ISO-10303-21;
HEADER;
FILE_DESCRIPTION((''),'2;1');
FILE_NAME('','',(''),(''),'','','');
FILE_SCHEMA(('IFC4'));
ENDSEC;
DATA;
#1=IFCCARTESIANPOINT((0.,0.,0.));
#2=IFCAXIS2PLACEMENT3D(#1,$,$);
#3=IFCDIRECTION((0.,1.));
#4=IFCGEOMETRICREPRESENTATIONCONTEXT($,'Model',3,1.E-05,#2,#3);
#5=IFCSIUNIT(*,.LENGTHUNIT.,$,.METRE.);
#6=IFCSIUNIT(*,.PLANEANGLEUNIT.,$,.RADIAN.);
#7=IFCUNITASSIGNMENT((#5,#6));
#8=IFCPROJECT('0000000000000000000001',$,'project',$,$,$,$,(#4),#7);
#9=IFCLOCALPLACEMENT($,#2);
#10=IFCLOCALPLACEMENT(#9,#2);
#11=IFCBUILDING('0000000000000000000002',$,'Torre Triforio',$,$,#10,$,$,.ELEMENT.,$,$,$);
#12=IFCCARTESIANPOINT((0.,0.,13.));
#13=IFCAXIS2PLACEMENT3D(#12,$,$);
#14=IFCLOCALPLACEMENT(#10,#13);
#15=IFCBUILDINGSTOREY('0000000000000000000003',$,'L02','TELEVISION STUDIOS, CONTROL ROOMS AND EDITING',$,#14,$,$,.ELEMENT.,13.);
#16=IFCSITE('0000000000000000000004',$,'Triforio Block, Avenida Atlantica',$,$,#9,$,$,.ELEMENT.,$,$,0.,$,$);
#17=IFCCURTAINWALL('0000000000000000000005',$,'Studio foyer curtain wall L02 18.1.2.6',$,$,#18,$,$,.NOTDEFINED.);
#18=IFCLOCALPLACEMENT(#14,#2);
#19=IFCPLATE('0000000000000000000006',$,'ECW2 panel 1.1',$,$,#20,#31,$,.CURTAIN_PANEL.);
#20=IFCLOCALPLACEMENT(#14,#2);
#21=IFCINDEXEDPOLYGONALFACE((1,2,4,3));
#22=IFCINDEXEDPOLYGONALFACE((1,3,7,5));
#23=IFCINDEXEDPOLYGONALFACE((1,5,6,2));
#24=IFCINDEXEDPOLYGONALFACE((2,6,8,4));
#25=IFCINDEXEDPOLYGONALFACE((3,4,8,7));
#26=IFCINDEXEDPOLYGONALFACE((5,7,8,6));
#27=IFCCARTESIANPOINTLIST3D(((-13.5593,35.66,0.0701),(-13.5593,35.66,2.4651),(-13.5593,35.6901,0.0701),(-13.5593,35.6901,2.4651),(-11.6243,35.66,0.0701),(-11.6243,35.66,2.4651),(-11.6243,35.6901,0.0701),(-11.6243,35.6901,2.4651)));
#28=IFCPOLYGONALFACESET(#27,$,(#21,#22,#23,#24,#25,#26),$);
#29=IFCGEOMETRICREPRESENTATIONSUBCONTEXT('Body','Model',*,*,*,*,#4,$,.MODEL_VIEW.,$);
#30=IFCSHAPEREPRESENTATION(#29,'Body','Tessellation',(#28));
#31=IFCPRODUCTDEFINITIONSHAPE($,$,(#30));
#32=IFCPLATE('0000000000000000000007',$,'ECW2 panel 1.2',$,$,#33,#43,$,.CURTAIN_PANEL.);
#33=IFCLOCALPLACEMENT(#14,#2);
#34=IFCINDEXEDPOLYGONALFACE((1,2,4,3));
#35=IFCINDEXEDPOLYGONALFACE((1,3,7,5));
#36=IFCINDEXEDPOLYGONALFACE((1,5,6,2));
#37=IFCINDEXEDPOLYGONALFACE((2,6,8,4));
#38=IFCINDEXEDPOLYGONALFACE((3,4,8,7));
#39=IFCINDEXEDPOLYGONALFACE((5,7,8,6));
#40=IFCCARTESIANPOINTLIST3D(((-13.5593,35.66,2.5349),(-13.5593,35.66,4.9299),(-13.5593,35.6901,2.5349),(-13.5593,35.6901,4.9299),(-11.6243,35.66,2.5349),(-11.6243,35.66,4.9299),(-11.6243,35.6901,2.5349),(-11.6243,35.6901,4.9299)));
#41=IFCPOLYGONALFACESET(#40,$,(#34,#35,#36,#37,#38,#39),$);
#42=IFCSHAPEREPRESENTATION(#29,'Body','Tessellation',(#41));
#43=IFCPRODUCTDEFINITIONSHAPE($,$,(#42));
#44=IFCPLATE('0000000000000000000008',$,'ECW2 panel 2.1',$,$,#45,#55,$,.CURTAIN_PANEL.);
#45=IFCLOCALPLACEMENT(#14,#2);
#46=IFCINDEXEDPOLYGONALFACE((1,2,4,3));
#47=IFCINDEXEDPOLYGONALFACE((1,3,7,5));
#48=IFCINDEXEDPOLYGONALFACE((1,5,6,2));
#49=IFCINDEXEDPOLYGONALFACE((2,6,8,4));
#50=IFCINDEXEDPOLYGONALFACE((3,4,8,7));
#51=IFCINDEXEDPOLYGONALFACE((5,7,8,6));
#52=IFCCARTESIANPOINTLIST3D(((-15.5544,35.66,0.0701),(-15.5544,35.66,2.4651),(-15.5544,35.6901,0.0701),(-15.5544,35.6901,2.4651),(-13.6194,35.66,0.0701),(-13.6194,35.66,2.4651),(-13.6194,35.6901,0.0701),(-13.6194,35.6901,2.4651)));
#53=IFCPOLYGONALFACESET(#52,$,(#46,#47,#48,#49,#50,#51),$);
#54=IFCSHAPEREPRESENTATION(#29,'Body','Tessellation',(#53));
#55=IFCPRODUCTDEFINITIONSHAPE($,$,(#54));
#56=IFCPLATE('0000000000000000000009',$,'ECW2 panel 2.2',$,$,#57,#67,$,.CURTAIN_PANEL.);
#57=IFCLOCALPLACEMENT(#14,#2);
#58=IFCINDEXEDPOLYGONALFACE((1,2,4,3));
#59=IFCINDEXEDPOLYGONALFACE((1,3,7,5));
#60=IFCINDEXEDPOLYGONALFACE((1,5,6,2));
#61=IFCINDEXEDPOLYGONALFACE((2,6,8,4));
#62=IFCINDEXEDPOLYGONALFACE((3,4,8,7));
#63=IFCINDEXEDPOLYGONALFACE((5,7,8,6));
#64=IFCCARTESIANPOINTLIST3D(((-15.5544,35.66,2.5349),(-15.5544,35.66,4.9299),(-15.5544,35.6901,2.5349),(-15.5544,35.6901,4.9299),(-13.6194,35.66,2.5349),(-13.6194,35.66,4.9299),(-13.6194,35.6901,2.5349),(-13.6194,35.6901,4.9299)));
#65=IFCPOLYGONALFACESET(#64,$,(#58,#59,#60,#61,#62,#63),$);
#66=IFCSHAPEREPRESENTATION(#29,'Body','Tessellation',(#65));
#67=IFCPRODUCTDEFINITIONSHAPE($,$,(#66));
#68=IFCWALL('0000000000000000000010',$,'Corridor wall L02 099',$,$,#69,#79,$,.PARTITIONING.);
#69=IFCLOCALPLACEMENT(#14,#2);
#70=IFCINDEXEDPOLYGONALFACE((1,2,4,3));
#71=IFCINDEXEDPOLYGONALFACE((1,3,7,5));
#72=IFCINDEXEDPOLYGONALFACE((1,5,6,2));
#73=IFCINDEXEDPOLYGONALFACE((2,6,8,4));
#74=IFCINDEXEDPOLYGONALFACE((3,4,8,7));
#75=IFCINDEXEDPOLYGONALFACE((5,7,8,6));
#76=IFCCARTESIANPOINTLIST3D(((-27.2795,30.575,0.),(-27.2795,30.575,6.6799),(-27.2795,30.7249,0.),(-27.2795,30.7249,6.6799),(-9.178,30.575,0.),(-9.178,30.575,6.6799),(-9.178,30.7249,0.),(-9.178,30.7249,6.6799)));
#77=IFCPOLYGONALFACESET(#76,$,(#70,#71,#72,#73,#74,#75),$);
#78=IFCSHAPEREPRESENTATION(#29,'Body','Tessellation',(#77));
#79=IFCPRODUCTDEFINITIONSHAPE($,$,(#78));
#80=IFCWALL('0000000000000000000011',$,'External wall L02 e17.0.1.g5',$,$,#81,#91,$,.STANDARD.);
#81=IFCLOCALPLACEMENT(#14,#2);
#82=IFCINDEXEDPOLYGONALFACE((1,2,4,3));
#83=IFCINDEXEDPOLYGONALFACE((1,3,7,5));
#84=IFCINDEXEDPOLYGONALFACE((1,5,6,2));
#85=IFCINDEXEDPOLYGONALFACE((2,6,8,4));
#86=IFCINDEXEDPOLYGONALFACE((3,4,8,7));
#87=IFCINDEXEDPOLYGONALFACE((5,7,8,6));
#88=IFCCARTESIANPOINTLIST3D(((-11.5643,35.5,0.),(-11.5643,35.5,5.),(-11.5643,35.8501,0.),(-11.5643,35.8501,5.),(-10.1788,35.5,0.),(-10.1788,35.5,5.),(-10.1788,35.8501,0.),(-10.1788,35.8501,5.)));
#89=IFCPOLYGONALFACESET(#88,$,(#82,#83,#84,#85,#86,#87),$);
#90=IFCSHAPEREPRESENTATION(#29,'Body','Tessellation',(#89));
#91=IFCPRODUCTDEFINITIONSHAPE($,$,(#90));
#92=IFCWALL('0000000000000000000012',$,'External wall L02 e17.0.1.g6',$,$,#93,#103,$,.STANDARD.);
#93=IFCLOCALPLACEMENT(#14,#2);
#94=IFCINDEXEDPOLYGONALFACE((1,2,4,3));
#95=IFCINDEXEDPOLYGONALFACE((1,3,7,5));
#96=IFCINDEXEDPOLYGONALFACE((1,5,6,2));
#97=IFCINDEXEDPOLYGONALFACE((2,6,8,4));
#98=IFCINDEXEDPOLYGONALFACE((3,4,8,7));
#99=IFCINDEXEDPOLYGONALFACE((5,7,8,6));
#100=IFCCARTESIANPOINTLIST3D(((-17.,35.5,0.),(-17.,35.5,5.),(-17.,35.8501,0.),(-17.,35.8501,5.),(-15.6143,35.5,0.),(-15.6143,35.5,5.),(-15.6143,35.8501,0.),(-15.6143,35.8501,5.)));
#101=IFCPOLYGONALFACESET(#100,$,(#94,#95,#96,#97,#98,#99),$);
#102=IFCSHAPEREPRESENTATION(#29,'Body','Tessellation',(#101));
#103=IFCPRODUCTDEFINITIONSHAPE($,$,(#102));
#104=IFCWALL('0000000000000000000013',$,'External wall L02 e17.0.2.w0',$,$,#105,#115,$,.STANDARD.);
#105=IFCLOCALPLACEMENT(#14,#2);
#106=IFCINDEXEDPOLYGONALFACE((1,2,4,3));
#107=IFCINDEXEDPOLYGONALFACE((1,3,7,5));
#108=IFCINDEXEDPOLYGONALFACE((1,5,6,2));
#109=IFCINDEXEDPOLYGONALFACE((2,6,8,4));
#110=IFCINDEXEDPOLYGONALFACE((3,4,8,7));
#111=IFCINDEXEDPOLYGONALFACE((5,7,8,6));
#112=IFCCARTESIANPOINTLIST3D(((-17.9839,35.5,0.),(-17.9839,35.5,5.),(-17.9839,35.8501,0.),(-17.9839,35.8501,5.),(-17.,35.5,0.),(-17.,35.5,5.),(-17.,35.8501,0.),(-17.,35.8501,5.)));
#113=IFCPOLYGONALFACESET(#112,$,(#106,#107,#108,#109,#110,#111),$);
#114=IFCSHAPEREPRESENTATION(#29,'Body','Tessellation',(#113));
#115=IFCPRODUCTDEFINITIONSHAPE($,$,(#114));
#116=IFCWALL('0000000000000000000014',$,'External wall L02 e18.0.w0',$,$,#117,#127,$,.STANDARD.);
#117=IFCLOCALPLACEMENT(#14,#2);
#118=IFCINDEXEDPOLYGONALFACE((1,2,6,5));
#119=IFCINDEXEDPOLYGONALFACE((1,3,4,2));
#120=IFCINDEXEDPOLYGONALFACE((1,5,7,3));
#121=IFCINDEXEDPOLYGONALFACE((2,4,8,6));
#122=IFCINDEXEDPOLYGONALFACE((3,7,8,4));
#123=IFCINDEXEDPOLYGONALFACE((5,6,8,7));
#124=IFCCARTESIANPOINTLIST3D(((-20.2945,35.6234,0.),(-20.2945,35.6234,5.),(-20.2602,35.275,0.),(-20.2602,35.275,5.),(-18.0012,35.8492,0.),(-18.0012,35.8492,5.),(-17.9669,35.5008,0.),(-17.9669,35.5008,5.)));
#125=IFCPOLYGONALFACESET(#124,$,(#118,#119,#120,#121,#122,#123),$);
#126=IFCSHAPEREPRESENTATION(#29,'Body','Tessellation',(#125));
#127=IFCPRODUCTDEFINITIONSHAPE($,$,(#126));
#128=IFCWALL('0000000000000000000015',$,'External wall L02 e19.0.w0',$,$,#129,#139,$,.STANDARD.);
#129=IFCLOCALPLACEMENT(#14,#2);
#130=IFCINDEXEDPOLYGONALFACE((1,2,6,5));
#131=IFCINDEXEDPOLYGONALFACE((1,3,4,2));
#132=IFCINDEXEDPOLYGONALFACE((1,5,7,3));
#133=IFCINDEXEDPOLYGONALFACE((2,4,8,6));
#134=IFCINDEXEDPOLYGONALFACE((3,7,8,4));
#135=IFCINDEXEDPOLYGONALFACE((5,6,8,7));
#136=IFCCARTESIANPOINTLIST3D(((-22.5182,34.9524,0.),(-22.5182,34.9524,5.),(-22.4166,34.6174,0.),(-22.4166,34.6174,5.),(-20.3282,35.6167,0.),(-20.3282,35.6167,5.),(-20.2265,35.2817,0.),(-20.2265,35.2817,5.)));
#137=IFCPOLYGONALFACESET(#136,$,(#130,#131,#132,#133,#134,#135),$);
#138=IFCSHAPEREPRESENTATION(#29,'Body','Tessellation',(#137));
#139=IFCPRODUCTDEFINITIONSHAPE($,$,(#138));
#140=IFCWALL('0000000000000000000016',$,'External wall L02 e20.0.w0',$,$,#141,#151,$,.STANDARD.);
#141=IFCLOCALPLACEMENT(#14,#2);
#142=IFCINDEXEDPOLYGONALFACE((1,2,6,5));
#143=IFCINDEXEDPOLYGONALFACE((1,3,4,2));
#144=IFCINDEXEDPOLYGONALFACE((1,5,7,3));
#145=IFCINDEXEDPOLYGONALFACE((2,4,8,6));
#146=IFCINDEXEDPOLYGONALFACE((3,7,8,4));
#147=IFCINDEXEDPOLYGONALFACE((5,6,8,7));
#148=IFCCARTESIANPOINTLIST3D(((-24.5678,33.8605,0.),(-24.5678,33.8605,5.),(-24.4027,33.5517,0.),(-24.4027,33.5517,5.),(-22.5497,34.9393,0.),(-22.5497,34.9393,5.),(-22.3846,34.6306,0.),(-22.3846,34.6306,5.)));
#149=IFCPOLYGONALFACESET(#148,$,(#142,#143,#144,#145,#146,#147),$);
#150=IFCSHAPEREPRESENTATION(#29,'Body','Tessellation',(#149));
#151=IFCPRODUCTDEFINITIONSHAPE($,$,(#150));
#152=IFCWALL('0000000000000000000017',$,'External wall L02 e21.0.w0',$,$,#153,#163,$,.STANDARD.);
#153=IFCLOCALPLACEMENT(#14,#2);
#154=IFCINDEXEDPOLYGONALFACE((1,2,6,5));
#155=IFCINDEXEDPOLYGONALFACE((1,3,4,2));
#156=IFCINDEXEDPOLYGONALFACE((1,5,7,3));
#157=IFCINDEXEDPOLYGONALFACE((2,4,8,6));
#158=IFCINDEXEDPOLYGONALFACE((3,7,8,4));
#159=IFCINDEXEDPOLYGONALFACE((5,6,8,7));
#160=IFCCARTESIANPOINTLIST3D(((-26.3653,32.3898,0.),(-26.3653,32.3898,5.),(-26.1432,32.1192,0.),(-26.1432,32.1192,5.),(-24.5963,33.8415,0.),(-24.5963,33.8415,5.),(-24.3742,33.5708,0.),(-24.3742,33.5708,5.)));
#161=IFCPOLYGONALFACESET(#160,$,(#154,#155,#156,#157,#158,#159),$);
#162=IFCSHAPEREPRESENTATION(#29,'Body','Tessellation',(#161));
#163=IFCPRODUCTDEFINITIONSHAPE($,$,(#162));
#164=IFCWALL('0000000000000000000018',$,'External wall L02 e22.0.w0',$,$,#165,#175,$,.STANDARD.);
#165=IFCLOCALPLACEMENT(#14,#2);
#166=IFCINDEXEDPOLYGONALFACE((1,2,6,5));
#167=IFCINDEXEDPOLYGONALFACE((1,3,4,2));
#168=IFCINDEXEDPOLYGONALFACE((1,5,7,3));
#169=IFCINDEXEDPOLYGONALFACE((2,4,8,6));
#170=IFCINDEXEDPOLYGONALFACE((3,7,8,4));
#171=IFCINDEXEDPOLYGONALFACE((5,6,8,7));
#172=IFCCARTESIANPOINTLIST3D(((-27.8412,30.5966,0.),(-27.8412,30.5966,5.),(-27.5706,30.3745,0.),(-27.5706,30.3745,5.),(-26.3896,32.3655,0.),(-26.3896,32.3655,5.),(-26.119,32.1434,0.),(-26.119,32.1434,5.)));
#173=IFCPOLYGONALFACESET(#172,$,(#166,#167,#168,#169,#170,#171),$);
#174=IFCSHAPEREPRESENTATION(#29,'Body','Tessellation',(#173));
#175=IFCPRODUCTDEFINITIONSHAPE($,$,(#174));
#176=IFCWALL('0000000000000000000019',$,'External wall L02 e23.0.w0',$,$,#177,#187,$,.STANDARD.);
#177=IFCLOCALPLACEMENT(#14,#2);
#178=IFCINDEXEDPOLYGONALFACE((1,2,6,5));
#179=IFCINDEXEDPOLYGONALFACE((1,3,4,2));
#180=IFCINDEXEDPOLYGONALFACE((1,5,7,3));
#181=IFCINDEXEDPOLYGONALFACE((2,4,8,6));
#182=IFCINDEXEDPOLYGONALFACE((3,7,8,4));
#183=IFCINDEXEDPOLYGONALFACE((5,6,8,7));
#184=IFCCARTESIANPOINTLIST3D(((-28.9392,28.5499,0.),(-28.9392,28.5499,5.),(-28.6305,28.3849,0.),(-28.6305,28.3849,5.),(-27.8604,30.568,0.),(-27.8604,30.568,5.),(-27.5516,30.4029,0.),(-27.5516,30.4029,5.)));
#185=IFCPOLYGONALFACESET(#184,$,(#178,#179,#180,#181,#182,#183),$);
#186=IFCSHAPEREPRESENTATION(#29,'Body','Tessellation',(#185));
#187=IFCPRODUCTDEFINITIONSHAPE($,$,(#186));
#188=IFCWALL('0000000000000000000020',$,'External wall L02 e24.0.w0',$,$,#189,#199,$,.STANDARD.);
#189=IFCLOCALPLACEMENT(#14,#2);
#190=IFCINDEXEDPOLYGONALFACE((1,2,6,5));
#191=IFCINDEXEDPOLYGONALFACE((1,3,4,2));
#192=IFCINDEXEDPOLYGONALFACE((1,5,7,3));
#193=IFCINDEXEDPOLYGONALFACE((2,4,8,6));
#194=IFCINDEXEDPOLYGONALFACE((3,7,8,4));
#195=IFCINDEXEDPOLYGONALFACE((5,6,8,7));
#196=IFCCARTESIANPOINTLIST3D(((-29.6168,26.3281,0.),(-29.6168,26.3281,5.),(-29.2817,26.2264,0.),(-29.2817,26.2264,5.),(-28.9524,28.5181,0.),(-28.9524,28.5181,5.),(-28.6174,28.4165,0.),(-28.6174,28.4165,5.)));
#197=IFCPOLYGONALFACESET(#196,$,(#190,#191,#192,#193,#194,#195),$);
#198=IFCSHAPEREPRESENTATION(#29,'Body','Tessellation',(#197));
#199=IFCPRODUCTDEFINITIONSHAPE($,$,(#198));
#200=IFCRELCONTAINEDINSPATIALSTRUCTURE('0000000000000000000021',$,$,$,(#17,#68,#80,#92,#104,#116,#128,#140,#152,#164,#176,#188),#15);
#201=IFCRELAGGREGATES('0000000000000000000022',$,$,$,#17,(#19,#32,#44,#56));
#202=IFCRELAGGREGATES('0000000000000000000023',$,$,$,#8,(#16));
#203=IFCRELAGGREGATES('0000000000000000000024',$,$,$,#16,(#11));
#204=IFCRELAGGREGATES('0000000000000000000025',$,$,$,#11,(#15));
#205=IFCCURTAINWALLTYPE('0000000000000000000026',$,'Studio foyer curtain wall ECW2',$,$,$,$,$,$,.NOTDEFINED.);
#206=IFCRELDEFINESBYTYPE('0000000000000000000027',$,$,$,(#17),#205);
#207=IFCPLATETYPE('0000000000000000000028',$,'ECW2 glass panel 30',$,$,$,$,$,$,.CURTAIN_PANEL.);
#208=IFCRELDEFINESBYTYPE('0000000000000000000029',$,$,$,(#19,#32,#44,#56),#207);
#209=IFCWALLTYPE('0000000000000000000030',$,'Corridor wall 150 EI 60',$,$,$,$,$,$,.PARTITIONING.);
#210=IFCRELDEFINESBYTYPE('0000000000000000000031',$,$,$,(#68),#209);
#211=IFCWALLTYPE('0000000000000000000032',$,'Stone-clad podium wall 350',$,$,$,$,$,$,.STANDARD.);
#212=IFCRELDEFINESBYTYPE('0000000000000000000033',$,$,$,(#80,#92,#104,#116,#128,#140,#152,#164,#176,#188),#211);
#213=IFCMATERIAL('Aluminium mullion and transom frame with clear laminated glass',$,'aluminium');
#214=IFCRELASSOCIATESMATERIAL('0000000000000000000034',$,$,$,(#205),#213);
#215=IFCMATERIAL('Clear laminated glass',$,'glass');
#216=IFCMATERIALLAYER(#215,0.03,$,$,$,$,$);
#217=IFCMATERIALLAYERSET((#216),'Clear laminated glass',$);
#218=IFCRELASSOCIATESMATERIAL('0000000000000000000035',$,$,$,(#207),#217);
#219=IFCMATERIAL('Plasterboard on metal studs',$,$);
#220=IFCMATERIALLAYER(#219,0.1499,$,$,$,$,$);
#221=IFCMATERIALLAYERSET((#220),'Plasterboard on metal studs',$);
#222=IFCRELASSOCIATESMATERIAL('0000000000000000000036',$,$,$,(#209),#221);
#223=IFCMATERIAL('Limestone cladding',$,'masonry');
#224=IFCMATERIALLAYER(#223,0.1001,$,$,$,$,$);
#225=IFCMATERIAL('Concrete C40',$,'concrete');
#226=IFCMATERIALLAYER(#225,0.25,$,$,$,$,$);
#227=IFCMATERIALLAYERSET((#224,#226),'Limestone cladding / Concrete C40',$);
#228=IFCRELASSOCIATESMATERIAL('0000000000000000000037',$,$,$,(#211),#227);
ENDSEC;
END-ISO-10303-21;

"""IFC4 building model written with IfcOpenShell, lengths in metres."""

from ifc_helpers import new_model, si_unit, direction, frame, frame_2d, origin, origin_2d, place, context, subcontext, project, spatial, rectangle, extrude, material, layer, layer_set, type_object, element, aggregate, save


model = new_model("IFC4")

# Units and contexts
model_context = context("Model", 3, precision=1e-05, world=origin(), true_north=direction((0.0, 1.0)))
body_context = subcontext(model_context, "Body", "Model", "MODEL_VIEW")
ifc_project = project(units=[si_unit("LENGTHUNIT", "METRE"), si_unit("PLANEANGLEUNIT", "RADIAN")], contexts=[model_context])

# Site, building, storey
site_placement = place(None, origin())
site = spatial("IfcSite", under=ifc_project, at=site_placement, Name="Triforio Block, Avenida Atlantica", CompositionType="ELEMENT", RefElevation=0.0)
building_placement = place(site_placement, origin())
building = spatial("IfcBuilding", under=site, at=building_placement, Name="Torre Triforio", CompositionType="ELEMENT")
storey_placement = place(building_placement, frame((0.0, 0.0, 13.0)))
storey = spatial("IfcBuildingStorey", under=building, at=storey_placement, Name="L02", Description="TELEVISION STUDIOS, CONTROL ROOMS AND EDITING", CompositionType="ELEMENT", Elevation=13.0)

# Shared definitions
ifc_material_1 = material(Name="Aluminium mullion and transom frame with clear laminated glass", Category="aluminium")
curtain_wall_type = type_object("IfcCurtainWallType", Name="Studio foyer curtain wall ECW2", PredefinedType="NOTDEFINED", material=ifc_material_1)

# Curtain wall, plates
curtain_wall_1_placement = place(storey_placement, origin())
curtain_wall_1 = element("IfcCurtainWall", 1, at=curtain_wall_1_placement, inside=storey, type_object=curtain_wall_type, Name="Studio foyer curtain wall L02 18.1.2.6", PredefinedType="NOTDEFINED")
ifc_material_2 = material(Name="Clear laminated glass", Category="glass")
ifc_layer_1 = layer(ifc_material_2, 0.03)
ifc_layer_set_1 = layer_set([ifc_layer_1], Name="Clear laminated glass")
plate_type = type_object("IfcPlateType", Name="ECW2 glass panel 30", PredefinedType="CURTAIN_PANEL", material=ifc_layer_set_1)
plate_1_placement = place(storey_placement, frame((-12.5918, 35.675, 0.0701), z_axis=(0.0, 0.0, 1.0), x_axis=(-1.0, 0.0, 0.0)))
plate_1 = element("IfcPlate", 2, at=plate_1_placement, type_object=plate_type, Name="ECW2 panel 1.1", PredefinedType="CURTAIN_PANEL", context=body_context, shape_type="SweptSolid", body=[
    extrude(rectangle(XDim=1.9351, YDim=0.03, at=origin_2d()), origin(), (0.0, 0.0, 1.0), 2.395),
])
plate_2_placement = place(storey_placement, frame((-12.5918, 35.675, 2.5349), z_axis=(0.0, 0.0, 1.0), x_axis=(-1.0, 0.0, 0.0)))
plate_2 = element("IfcPlate", 3, at=plate_2_placement, type_object=plate_type, Name="ECW2 panel 1.2", PredefinedType="CURTAIN_PANEL", context=body_context, shape_type="SweptSolid", body=[
    extrude(rectangle(XDim=1.9351, YDim=0.03, at=origin_2d()), origin(), (0.0, 0.0, 1.0), 2.395),
])
plate_3_placement = place(storey_placement, frame((-14.5869, 35.675, 0.0701), z_axis=(0.0, 0.0, 1.0), x_axis=(-1.0, 0.0, 0.0)))
plate_3 = element("IfcPlate", 4, at=plate_3_placement, type_object=plate_type, Name="ECW2 panel 2.1", PredefinedType="CURTAIN_PANEL", context=body_context, shape_type="SweptSolid", body=[
    extrude(rectangle(XDim=1.9351, YDim=0.03, at=origin_2d()), origin(), (0.0, 0.0, 1.0), 2.395),
])
plate_4_placement = place(storey_placement, frame((-14.5869, 35.675, 2.5349), z_axis=(0.0, 0.0, 1.0), x_axis=(-1.0, 0.0, 0.0)))
plate_4 = element("IfcPlate", 5, at=plate_4_placement, type_object=plate_type, Name="ECW2 panel 2.2", PredefinedType="CURTAIN_PANEL", context=body_context, shape_type="SweptSolid", body=[
    extrude(rectangle(XDim=1.9351, YDim=0.03, at=origin_2d()), origin(), (0.0, 0.0, 1.0), 2.395),
])
aggregate(curtain_wall_1, [plate_1, plate_2, plate_3, plate_4])

# Walls
ifc_material_3 = material(Name="Plasterboard on metal studs")
ifc_layer_2 = layer(ifc_material_3, 0.1499)
ifc_layer_set_2 = layer_set([ifc_layer_2], Name="Plasterboard on metal studs")
wall_type_1 = type_object("IfcWallType", Name="Corridor wall 150 EI 60", PredefinedType="PARTITIONING", material=ifc_layer_set_2)
wall_1_placement = place(storey_placement, frame((-27.2795, 30.6499, 0.0), z_axis=(0.0, 0.0, 1.0), x_axis=(1.0, 0.0, 0.0)))
element("IfcWall", 6, at=wall_1_placement, inside=storey, type_object=wall_type_1, Name="Corridor wall L02 099", PredefinedType="PARTITIONING", context=body_context, shape_type="SweptSolid", body=[
    extrude(rectangle(XDim=18.1016, YDim=0.1499, at=frame_2d((9.0508, 0.0))), origin(), (0.0, 0.0, 1.0), 6.6799),
])
ifc_material_4 = material(Name="Limestone cladding", Category="masonry")
ifc_layer_3 = layer(ifc_material_4, 0.1001)
ifc_material_5 = material(Name="Concrete C40", Category="concrete")
ifc_layer_4 = layer(ifc_material_5, 0.25)
ifc_layer_set_3 = layer_set([ifc_layer_3, ifc_layer_4], Name="Limestone cladding / Concrete C40")
wall_type_2 = type_object("IfcWallType", Name="Stone-clad podium wall 350", PredefinedType="STANDARD", material=ifc_layer_set_3)
wall_2_placement = place(storey_placement, frame((-10.1787, 35.675, 0.0), z_axis=(0.0, 0.0, 1.0), x_axis=(-1.0, 0.0, 0.0)))
element("IfcWall", 7, at=wall_2_placement, inside=storey, type_object=wall_type_2, Name="External wall L02 e17.0.1.g5", PredefinedType="STANDARD", context=body_context, shape_type="SweptSolid", body=[
    extrude(rectangle(XDim=1.3855, YDim=0.3501, at=frame_2d((0.6929, 0.0))), origin(), (0.0, 0.0, 1.0), 5.0),
])
wall_3_placement = place(storey_placement, frame((-15.6143, 35.675, 0.0), z_axis=(0.0, 0.0, 1.0), x_axis=(-1.0, 0.0, 0.0)))
element("IfcWall", 8, at=wall_3_placement, inside=storey, type_object=wall_type_2, Name="External wall L02 e17.0.1.g6", PredefinedType="STANDARD", context=body_context, shape_type="SweptSolid", body=[
    extrude(rectangle(XDim=1.3857, YDim=0.3501, at=frame_2d((0.6929, 0.0))), origin(), (0.0, 0.0, 1.0), 5.0),
])
wall_4_placement = place(storey_placement, frame((-17.0, 35.675, 0.0), z_axis=(0.0, 0.0, 1.0), x_axis=(-1.0, 0.0, 0.0)))
element("IfcWall", 9, at=wall_4_placement, inside=storey, type_object=wall_type_2, Name="External wall L02 e17.0.2.w0", PredefinedType="STANDARD", context=body_context, shape_type="SweptSolid", body=[
    extrude(rectangle(XDim=0.9839, YDim=0.3501, at=frame_2d((0.4919, 0.0))), origin(), (0.0, 0.0, 1.0), 5.0),
])
wall_5_placement = place(storey_placement, frame((-17.9839, 35.675, 0.0), z_axis=(0.0, 0.0, 1.0), x_axis=(-0.995187, -0.097993, 0.0)))
element("IfcWall", 10, at=wall_5_placement, inside=storey, type_object=wall_type_2, Name="External wall L02 e18.0.w0", PredefinedType="STANDARD", context=body_context, shape_type="SweptSolid", body=[
    extrude(rectangle(XDim=2.3044, YDim=0.3501, at=frame_2d((1.1523, 0.0))), origin(), (0.0, 0.0, 1.0), 5.0),
])
wall_6_placement = place(storey_placement, frame((-20.2773, 35.4492, 0.0), z_axis=(0.0, 0.0, 1.0), x_axis=(-0.956941, -0.290283, 0.0)))
element("IfcWall", 11, at=wall_6_placement, inside=storey, type_object=wall_type_2, Name="External wall L02 e19.0.w0", PredefinedType="STANDARD", context=body_context, shape_type="SweptSolid", body=[
    extrude(rectangle(XDim=2.2886, YDim=0.3501, at=frame_2d((1.1443, 0.0))), origin(), (0.0, 0.0, 1.0), 5.0),
])
for number, where, z_axis, x_axis, name in (
    (12, (-22.4673, 34.7849, 0.0), (0.0, 0.0, 1.0), (-0.881889, -0.471457, 0.0), "External wall L02 e20.0.w0"),
    (13, (-24.4854, 33.7061, 0.0), (0.0, 0.0, 1.0), (-0.773044, -0.634353, 0.0), "External wall L02 e21.0.w0"),
    (14, (-26.2544, 32.2544, 0.0), (0.0, 0.0, 1.0), (-0.634353, -0.773044, 0.0), "External wall L02 e22.0.w0"),
    (15, (-27.7061, 30.4854, 0.0), (0.0, 0.0, 1.0), (-0.471457, -0.881889, 0.0), "External wall L02 e23.0.w0"),
):
    element("IfcWall", number, at=place(storey_placement, frame(where, z_axis=z_axis, x_axis=x_axis)), inside=storey, type_object=wall_type_2, Name=name, PredefinedType="STANDARD", context=body_context, shape_type="SweptSolid", body=[
        extrude(rectangle(XDim=2.2883, YDim=0.3501, at=frame_2d((1.144, 0.0))), origin(), (0.0, 0.0, 1.0), 5.0),
    ])
wall_7_placement = place(storey_placement, frame((-28.7849, 28.4673, 0.0), z_axis=(0.0, 0.0, 1.0), x_axis=(-0.290283, -0.956941, 0.0)))
element("IfcWall", 16, at=wall_7_placement, inside=storey, type_object=wall_type_2, Name="External wall L02 e24.0.w0", PredefinedType="STANDARD", context=body_context, shape_type="SweptSolid", body=[
    extrude(rectangle(XDim=2.2886, YDim=0.3501, at=frame_2d((1.1443, 0.0))), origin(), (0.0, 0.0, 1.0), 5.0),
])

save(model, "model.ifc")
